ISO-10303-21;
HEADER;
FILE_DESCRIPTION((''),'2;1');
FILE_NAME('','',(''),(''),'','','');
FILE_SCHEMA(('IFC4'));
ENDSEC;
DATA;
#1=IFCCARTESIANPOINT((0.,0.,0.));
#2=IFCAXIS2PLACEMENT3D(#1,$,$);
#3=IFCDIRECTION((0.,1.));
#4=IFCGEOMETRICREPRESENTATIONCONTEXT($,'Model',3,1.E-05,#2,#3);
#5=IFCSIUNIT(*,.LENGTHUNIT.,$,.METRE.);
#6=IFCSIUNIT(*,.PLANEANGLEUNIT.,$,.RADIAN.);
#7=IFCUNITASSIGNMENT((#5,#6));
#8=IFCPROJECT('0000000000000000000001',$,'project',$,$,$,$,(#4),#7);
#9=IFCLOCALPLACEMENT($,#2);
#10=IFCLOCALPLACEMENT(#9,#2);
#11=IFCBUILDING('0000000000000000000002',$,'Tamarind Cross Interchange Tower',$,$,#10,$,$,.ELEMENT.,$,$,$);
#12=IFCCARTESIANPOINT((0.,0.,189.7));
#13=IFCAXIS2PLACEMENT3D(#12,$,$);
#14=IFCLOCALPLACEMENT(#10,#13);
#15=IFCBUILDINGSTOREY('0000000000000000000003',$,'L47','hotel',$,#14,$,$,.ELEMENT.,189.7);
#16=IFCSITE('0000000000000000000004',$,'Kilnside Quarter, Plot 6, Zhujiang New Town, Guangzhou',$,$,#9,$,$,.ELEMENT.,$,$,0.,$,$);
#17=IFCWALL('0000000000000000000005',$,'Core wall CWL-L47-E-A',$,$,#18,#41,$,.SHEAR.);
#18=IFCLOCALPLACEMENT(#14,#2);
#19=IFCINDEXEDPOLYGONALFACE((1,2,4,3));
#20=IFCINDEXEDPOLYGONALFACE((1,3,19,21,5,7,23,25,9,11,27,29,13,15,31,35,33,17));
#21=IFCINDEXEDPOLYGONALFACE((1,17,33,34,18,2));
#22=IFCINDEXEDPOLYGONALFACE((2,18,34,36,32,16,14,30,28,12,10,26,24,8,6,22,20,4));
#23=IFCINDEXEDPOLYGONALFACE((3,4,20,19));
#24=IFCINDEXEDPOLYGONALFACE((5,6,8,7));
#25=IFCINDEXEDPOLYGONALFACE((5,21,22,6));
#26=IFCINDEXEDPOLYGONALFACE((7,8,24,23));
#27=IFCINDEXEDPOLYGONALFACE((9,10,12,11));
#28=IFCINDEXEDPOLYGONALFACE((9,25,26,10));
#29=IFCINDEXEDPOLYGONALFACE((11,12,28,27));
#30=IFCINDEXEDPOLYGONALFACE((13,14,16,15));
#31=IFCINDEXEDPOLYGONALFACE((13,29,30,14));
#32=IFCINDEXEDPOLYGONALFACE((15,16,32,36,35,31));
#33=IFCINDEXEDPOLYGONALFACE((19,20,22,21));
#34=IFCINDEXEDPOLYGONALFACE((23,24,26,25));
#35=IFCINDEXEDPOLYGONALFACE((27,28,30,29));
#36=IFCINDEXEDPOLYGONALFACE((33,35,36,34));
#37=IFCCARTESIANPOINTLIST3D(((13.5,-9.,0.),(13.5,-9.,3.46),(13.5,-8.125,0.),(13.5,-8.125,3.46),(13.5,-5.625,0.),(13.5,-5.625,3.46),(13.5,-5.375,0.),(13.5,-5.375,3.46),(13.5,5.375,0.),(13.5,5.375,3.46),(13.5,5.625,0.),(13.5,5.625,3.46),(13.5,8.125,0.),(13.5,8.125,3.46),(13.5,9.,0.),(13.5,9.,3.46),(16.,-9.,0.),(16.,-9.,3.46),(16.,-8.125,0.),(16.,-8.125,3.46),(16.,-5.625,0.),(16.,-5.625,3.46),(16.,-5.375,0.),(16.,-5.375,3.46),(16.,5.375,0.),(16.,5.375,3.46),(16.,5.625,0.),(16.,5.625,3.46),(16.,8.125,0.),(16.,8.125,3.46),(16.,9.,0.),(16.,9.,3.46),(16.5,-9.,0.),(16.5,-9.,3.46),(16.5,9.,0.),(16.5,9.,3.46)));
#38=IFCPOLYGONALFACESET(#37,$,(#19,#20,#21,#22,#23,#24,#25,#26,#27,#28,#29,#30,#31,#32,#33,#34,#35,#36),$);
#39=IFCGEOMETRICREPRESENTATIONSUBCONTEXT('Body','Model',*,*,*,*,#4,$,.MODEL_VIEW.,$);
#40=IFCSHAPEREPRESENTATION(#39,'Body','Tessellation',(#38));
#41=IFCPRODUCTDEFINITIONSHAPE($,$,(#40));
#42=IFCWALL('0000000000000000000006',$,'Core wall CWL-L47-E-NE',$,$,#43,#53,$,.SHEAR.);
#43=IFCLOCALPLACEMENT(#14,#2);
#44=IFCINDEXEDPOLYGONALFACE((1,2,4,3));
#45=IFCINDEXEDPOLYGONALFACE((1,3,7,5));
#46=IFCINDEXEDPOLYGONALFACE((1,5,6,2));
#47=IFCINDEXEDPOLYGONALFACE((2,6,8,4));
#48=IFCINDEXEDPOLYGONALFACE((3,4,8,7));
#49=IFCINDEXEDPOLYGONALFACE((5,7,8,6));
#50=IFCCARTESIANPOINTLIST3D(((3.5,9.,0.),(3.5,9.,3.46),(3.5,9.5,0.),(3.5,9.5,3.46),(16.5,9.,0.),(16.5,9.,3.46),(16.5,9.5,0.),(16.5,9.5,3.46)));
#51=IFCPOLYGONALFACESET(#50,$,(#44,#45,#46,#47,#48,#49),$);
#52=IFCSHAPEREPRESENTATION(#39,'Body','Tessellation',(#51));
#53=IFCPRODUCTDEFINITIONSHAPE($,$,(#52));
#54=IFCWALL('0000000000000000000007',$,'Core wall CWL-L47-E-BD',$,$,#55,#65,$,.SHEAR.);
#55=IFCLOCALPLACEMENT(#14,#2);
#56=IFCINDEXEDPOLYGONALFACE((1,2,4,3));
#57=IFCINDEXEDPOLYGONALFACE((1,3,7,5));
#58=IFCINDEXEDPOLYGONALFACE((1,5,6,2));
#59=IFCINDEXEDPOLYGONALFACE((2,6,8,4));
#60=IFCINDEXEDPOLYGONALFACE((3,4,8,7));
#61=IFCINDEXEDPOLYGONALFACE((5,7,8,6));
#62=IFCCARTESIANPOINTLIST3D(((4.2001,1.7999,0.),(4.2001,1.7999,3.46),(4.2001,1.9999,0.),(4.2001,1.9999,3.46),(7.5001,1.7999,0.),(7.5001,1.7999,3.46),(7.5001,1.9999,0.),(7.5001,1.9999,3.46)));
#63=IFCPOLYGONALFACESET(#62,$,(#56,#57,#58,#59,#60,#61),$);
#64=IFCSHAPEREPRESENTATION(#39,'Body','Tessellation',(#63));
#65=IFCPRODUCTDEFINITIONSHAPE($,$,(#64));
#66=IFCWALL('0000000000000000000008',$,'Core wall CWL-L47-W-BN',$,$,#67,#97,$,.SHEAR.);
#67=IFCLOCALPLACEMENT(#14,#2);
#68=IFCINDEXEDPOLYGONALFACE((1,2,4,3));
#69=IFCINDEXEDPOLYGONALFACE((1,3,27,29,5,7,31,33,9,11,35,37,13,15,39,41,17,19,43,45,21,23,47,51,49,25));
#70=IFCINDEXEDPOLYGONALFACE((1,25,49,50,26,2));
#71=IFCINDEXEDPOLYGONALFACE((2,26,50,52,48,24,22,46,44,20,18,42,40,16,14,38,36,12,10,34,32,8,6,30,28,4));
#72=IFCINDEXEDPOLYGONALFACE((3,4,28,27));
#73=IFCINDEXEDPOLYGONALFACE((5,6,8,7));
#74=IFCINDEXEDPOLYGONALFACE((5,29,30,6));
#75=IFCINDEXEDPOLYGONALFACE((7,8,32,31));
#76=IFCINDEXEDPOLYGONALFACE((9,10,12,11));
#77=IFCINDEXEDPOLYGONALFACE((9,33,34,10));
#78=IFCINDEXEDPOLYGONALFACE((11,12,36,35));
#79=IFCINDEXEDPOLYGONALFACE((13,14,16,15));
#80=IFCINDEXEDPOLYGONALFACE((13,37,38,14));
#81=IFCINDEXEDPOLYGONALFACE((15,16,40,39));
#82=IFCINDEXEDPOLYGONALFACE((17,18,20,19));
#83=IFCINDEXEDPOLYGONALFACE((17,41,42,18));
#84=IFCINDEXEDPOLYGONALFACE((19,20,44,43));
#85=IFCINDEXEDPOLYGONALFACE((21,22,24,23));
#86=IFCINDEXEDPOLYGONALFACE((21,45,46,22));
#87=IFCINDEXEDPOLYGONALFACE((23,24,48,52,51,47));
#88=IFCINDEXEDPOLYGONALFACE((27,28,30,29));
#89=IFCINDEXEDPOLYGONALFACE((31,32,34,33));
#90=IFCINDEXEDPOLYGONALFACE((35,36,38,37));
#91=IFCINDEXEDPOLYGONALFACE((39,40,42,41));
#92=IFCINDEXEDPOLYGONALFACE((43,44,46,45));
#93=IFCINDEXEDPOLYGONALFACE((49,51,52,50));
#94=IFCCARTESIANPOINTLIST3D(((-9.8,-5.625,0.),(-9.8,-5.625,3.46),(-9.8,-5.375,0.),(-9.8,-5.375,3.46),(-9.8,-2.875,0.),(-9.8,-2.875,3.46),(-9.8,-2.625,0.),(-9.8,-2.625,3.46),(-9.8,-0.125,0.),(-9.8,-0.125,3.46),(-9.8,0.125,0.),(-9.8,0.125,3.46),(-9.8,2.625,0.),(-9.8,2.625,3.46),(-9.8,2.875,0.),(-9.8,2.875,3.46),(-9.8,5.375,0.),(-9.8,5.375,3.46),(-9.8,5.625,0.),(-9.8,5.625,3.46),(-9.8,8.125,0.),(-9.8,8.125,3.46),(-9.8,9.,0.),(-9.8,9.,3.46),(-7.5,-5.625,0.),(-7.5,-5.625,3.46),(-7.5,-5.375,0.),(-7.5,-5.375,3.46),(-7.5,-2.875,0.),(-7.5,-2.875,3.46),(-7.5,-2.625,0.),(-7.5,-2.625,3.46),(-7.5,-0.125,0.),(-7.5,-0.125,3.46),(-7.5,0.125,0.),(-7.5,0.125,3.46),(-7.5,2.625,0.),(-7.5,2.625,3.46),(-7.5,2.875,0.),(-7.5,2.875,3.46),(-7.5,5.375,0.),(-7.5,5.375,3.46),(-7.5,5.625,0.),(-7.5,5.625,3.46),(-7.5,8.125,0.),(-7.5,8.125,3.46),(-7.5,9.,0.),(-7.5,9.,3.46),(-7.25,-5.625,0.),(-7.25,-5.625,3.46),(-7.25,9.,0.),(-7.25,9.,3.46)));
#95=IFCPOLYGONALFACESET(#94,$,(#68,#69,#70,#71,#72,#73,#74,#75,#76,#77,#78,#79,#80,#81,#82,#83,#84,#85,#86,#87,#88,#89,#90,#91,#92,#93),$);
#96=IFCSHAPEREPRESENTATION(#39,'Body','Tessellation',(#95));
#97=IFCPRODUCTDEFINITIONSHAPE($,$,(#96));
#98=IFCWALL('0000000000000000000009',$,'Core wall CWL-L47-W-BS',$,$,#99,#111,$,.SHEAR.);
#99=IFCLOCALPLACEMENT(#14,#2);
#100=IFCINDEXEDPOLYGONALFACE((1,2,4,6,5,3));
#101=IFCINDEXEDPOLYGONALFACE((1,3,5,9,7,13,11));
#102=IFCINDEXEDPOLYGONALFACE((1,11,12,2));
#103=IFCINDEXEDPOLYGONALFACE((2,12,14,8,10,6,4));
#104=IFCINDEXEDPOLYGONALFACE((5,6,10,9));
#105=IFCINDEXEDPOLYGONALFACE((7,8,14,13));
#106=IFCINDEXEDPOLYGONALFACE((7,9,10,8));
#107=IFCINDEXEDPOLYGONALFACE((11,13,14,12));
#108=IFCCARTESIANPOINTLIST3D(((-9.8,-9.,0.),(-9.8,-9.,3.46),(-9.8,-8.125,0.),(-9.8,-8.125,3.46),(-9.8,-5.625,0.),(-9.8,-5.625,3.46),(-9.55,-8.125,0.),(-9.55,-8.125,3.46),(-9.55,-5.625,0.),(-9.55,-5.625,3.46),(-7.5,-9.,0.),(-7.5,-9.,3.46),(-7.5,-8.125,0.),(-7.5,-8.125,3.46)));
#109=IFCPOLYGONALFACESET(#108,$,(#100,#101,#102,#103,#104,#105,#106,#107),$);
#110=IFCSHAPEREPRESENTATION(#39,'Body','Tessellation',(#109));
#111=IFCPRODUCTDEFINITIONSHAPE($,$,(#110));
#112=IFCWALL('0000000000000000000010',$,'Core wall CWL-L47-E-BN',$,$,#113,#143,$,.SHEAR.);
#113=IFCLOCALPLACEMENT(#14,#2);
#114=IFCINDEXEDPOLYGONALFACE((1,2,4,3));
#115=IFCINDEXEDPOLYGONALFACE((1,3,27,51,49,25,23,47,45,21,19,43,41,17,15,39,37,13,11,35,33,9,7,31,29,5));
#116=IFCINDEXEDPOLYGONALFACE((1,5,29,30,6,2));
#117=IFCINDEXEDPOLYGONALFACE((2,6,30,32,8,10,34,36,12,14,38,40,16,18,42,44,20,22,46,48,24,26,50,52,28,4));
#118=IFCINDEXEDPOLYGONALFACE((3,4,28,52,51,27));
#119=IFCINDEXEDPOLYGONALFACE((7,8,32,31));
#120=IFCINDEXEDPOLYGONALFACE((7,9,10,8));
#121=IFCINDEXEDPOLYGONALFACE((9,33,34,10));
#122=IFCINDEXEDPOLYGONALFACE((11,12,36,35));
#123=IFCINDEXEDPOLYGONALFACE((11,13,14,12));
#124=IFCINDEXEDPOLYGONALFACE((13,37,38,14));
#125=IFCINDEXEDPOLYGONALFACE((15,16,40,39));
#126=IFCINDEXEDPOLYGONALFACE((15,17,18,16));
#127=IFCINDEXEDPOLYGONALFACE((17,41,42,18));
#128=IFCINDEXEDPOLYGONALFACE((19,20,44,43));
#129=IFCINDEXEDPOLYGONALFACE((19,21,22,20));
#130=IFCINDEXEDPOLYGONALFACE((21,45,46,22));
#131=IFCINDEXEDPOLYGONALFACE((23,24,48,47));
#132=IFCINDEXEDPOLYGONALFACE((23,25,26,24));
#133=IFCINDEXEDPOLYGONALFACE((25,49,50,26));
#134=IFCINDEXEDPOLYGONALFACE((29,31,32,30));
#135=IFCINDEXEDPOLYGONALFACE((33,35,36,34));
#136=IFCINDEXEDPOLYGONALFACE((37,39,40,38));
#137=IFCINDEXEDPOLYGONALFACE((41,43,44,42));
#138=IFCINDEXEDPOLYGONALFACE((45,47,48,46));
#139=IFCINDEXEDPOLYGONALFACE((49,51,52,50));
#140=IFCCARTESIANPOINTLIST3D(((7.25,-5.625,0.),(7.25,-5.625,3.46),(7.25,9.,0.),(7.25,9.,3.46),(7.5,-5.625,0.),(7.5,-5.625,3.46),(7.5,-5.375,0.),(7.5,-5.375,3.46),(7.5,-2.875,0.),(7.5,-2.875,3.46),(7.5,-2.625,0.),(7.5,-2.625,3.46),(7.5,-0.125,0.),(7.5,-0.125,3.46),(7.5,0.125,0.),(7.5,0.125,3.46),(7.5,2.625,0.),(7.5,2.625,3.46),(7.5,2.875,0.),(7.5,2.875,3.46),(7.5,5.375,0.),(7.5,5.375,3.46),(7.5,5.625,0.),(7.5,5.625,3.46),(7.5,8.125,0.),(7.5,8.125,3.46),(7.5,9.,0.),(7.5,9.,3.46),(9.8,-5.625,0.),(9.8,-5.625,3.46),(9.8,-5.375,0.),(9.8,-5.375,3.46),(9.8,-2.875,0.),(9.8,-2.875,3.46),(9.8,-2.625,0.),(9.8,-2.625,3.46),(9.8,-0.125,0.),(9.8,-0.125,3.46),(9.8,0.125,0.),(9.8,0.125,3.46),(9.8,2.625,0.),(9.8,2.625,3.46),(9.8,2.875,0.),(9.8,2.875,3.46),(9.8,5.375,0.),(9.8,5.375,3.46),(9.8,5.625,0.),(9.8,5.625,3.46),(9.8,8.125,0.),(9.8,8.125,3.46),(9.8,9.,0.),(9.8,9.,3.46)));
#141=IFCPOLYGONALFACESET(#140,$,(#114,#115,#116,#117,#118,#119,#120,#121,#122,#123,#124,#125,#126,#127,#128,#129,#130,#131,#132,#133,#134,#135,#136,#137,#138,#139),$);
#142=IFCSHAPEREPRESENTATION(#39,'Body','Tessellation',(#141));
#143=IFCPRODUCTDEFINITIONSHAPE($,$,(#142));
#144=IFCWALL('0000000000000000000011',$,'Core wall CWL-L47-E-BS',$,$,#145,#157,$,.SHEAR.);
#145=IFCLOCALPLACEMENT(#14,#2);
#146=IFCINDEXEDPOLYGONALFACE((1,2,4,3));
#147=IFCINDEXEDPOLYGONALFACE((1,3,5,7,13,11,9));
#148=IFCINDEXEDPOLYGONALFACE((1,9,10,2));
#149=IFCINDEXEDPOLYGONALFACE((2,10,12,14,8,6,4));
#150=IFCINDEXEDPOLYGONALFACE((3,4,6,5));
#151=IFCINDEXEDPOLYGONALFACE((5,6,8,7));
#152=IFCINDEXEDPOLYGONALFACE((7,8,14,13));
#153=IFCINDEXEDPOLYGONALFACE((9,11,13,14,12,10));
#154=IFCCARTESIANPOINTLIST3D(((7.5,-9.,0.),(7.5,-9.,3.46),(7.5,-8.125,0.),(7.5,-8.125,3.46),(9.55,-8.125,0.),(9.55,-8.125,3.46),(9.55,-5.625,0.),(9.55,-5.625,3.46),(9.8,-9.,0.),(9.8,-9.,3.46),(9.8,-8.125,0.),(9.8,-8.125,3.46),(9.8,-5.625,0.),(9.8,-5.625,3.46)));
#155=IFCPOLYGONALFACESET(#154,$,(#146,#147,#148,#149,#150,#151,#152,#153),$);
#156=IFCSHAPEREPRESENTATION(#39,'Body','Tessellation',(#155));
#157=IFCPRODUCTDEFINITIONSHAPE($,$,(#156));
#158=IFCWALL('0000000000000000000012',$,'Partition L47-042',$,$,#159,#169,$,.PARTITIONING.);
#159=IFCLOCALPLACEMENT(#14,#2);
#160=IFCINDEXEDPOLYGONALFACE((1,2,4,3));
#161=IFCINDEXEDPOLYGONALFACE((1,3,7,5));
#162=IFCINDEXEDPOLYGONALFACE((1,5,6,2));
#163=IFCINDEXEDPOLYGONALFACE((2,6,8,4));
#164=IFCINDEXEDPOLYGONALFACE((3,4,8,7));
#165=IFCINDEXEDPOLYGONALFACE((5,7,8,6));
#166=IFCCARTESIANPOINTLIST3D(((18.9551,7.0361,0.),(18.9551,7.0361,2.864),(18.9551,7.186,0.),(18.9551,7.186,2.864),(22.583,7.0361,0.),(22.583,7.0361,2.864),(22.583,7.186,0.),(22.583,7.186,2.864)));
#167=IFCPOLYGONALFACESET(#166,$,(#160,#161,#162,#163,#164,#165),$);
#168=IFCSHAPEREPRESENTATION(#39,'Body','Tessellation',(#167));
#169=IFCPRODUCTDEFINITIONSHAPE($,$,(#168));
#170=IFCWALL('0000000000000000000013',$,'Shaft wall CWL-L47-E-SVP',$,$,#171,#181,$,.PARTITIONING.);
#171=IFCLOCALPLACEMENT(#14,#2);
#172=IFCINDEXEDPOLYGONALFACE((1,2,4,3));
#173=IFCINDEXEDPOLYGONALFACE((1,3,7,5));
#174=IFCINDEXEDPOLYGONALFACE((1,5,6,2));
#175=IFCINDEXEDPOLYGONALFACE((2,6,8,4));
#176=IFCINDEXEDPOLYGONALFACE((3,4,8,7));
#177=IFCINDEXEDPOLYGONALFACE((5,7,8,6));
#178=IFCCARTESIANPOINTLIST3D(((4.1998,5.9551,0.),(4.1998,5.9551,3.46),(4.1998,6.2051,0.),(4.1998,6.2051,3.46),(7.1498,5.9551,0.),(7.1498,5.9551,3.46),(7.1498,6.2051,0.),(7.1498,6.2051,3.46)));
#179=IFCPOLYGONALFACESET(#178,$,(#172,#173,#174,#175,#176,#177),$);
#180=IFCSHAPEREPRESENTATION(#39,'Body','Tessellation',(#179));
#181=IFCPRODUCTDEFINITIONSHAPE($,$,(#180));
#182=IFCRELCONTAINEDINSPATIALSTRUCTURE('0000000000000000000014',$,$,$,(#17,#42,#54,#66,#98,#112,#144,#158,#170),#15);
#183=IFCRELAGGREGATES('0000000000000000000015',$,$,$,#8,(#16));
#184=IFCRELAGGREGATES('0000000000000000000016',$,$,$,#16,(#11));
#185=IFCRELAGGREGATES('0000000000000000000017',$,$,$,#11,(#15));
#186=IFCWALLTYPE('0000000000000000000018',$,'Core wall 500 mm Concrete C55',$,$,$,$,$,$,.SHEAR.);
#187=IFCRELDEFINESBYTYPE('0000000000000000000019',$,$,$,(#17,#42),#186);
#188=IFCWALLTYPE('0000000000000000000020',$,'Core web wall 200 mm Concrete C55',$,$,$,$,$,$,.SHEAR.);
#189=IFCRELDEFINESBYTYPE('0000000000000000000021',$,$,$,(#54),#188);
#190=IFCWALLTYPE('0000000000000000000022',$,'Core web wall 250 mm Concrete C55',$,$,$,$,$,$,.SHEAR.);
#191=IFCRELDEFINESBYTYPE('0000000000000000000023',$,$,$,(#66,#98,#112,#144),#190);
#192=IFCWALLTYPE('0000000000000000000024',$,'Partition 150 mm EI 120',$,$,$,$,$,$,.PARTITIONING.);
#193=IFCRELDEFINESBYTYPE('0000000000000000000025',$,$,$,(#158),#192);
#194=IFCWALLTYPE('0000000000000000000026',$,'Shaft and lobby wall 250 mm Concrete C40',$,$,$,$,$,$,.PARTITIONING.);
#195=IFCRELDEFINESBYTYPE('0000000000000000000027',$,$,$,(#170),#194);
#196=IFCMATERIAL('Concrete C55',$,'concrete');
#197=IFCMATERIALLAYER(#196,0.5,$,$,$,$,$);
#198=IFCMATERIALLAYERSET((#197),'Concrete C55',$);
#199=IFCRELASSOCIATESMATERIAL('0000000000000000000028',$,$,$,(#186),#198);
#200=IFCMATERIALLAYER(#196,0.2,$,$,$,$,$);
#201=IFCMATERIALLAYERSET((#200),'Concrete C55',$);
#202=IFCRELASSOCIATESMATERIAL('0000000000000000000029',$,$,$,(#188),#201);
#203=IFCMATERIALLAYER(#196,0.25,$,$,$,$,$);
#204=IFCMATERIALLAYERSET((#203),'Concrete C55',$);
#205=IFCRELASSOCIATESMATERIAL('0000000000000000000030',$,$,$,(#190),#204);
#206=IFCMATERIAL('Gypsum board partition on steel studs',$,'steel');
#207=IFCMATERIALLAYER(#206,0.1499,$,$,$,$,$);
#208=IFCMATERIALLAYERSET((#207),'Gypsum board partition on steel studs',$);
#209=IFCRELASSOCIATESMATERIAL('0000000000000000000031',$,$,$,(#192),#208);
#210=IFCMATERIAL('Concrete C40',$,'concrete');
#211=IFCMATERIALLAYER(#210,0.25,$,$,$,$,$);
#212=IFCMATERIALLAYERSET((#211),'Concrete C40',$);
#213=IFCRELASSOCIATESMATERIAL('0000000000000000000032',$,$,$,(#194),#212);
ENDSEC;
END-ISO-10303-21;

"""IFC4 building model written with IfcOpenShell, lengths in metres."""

from ifc_helpers import new_model, si_unit, direction, frame, frame_2d, origin, place, context, subcontext, project, spatial, polyline, rectangle, outline, extrude, material, layer, layer_set, type_object, element, save


model = new_model("IFC4")

# Units and contexts
model_context = context("Model", 3, precision=1e-05, world=origin(), true_north=direction((0.0, 1.0)))
body_context = subcontext(model_context, "Body", "Model", "MODEL_VIEW")
ifc_project = project(units=[si_unit("LENGTHUNIT", "METRE"), si_unit("PLANEANGLEUNIT", "RADIAN")], contexts=[model_context])

# Site, building, storey
site_placement = place(None, origin())
site = spatial("IfcSite", under=ifc_project, at=site_placement, Name="Kilnside Quarter, Plot 6, Zhujiang New Town, Guangzhou", CompositionType="ELEMENT", RefElevation=0.0)
building_placement = place(site_placement, origin())
building = spatial("IfcBuilding", under=site, at=building_placement, Name="Tamarind Cross Interchange Tower", CompositionType="ELEMENT")
storey_placement = place(building_placement, frame((0.0, 0.0, 189.7)))
storey = spatial("IfcBuildingStorey", under=building, at=storey_placement, Name="L47", Description="hotel", CompositionType="ELEMENT", Elevation=189.7)

# Shared definitions
ifc_material_1 = material(Name="Concrete C55", Category="concrete")

# Shared definitions
ifc_material_2 = material(Name="Concrete C40", Category="concrete")

# Walls
ifc_layer_1 = layer(ifc_material_1, 0.5)
ifc_layer_set_1 = layer_set([ifc_layer_1], Name="Concrete C55")
wall_type_1 = type_object("IfcWallType", Name="Core wall 500 mm Concrete C55", PredefinedType="SHEAR", material=ifc_layer_set_1)
wall_1_placement = place(storey_placement, origin())
element("IfcWall", 1, at=wall_1_placement, inside=storey, type_object=wall_type_1, Name="Core wall CWL-L47-E-A", PredefinedType="SHEAR", context=body_context, shape_type="SweptSolid", body=[
    extrude(outline(polyline([(13.5, -8.125), (13.5, -9.0), (16.0, -9.0), (16.5, -9.0), (16.5, 9.0), (16.0, 9.0), (13.5, 9.0), (13.5, 8.125), (16.0, 8.125), (16.0, 5.625), (13.5, 5.625), (13.5, 5.375), (16.0, 5.375), (16.0, -5.375), (13.5, -5.375), (13.5, -5.625), (16.0, -5.625), (16.0, -8.125), (13.5, -8.125)])), origin(), (0.0, 0.0, 1.0), 3.46),
])
wall_2_placement = place(storey_placement, frame((16.5, 9.25, 0.0), z_axis=(0.0, 0.0, 1.0), x_axis=(-1.0, 0.0, 0.0)))
element("IfcWall", 2, at=wall_2_placement, inside=storey, type_object=wall_type_1, Name="Core wall CWL-L47-E-NE", PredefinedType="SHEAR", context=body_context, shape_type="SweptSolid", body=[
    extrude(rectangle(XDim=13.0, YDim=0.5, at=frame_2d((6.5, 0.0))), origin(), (0.0, 0.0, 1.0), 3.46),
])
ifc_layer_2 = layer(ifc_material_1, 0.2)
ifc_layer_set_2 = layer_set([ifc_layer_2], Name="Concrete C55")
wall_type_2 = type_object("IfcWallType", Name="Core web wall 200 mm Concrete C55", PredefinedType="SHEAR", material=ifc_layer_set_2)
wall_3_placement = place(storey_placement, frame((7.5, 1.8999, 0.0), z_axis=(0.0, 0.0, 1.0), x_axis=(-1.0, 0.0, 0.0)))
element("IfcWall", 3, at=wall_3_placement, inside=storey, type_object=wall_type_2, Name="Core wall CWL-L47-E-BD", PredefinedType="SHEAR", context=body_context, shape_type="SweptSolid", body=[
    extrude(rectangle(XDim=3.3, YDim=0.2, at=frame_2d((1.6499, 0.0))), origin(), (0.0, 0.0, 1.0), 3.46),
])
ifc_layer_3 = layer(ifc_material_1, 0.25)
ifc_layer_set_3 = layer_set([ifc_layer_3], Name="Concrete C55")
wall_type_3 = type_object("IfcWallType", Name="Core web wall 250 mm Concrete C55", PredefinedType="SHEAR", material=ifc_layer_set_3)
wall_4_placement = place(storey_placement, origin())
element("IfcWall", 4, at=wall_4_placement, inside=storey, type_object=wall_type_3, Name="Core wall CWL-L47-W-BN", PredefinedType="SHEAR", context=body_context, shape_type="SweptSolid", body=[
    extrude(outline(polyline([(-9.8, -5.375), (-9.8, -5.625), (-7.5, -5.625), (-7.25, -5.625), (-7.25, 9.0), (-7.5, 9.0), (-9.8, 9.0), (-9.8, 8.125), (-7.5, 8.125), (-7.5, 5.625), (-9.8, 5.625), (-9.8, 5.375), (-7.5, 5.375), (-7.5, 2.875), (-9.8, 2.875), (-9.8, 2.625), (-7.5, 2.625), (-7.5, 0.125), (-9.8, 0.125), (-9.8, -0.125), (-7.5, -0.125), (-7.5, -2.625), (-9.8, -2.625), (-9.8, -2.875), (-7.5, -2.875), (-7.5, -5.375), (-9.8, -5.375)])), origin(), (0.0, 0.0, 1.0), 3.46),
])
wall_5_placement = place(storey_placement, origin())
element("IfcWall", 5, at=wall_5_placement, inside=storey, type_object=wall_type_3, Name="Core wall CWL-L47-W-BS", PredefinedType="SHEAR", context=body_context, shape_type="SweptSolid", body=[
    extrude(outline(polyline([(-7.5, -8.125), (-9.55, -8.125), (-9.55, -5.625), (-9.8, -5.625), (-9.8, -8.125), (-9.8, -9.0), (-7.5, -9.0), (-7.5, -8.125)])), origin(), (0.0, 0.0, 1.0), 3.46),
])
wall_6_placement = place(storey_placement, origin())
element("IfcWall", 6, at=wall_6_placement, inside=storey, type_object=wall_type_3, Name="Core wall CWL-L47-E-BN", PredefinedType="SHEAR", context=body_context, shape_type="SweptSolid", body=[
    extrude(outline(polyline([(9.8, -5.375), (7.5, -5.375), (7.5, -2.875), (9.8, -2.875), (9.8, -2.625), (7.5, -2.625), (7.5, -0.125), (9.8, -0.125), (9.8, 0.125), (7.5, 0.125), (7.5, 2.625), (9.8, 2.625), (9.8, 2.875), (7.5, 2.875), (7.5, 5.375), (9.8, 5.375), (9.8, 5.625), (7.5, 5.625), (7.5, 8.125), (9.8, 8.125), (9.8, 9.0), (7.5, 9.0), (7.25, 9.0), (7.25, -5.625), (7.5, -5.625), (9.8, -5.625), (9.8, -5.375)])), origin(), (0.0, 0.0, 1.0), 3.46),
])
wall_7_placement = place(storey_placement, origin())
element("IfcWall", 7, at=wall_7_placement, inside=storey, type_object=wall_type_3, Name="Core wall CWL-L47-E-BS", PredefinedType="SHEAR", context=body_context, shape_type="SweptSolid", body=[
    extrude(outline(polyline([(7.5, -8.125), (7.5, -9.0), (9.8, -9.0), (9.8, -8.125), (9.8, -5.625), (9.55, -5.625), (9.55, -8.125), (7.5, -8.125)])), origin(), (0.0, 0.0, 1.0), 3.46),
])
ifc_material_3 = material(Name="Gypsum board partition on steel studs", Category="steel")
ifc_layer_4 = layer(ifc_material_3, 0.1499)
ifc_layer_set_4 = layer_set([ifc_layer_4], Name="Gypsum board partition on steel studs")
wall_type_4 = type_object("IfcWallType", Name="Partition 150 mm EI 120", PredefinedType="PARTITIONING", material=ifc_layer_set_4)
wall_8_placement = place(storey_placement, frame((18.9551, 7.1111, 0.0), z_axis=(0.0, 0.0, 1.0), x_axis=(1.0, 0.0, 0.0)))
element("IfcWall", 8, at=wall_8_placement, inside=storey, type_object=wall_type_4, Name="Partition L47-042", PredefinedType="PARTITIONING", context=body_context, shape_type="SweptSolid", body=[
    extrude(rectangle(XDim=3.6279, YDim=0.1499, at=frame_2d((1.814, 0.0))), origin(), (0.0, 0.0, 1.0), 2.864),
])
ifc_layer_5 = layer(ifc_material_2, 0.25)
ifc_layer_set_5 = layer_set([ifc_layer_5], Name="Concrete C40")
wall_type_5 = type_object("IfcWallType", Name="Shaft and lobby wall 250 mm Concrete C40", PredefinedType="PARTITIONING", material=ifc_layer_set_5)
wall_9_placement = place(storey_placement, frame((7.1499, 6.0801, 0.0), z_axis=(0.0, 0.0, 1.0), x_axis=(-1.0, 0.0, 0.0)))
element("IfcWall", 9, at=wall_9_placement, inside=storey, type_object=wall_type_5, Name="Shaft wall CWL-L47-E-SVP", PredefinedType="PARTITIONING", context=body_context, shape_type="SweptSolid", body=[
    extrude(rectangle(XDim=2.95, YDim=0.25, at=frame_2d((1.4751, 0.0))), origin(), (0.0, 0.0, 1.0), 3.46),
])

save(model, "model.ifc")
